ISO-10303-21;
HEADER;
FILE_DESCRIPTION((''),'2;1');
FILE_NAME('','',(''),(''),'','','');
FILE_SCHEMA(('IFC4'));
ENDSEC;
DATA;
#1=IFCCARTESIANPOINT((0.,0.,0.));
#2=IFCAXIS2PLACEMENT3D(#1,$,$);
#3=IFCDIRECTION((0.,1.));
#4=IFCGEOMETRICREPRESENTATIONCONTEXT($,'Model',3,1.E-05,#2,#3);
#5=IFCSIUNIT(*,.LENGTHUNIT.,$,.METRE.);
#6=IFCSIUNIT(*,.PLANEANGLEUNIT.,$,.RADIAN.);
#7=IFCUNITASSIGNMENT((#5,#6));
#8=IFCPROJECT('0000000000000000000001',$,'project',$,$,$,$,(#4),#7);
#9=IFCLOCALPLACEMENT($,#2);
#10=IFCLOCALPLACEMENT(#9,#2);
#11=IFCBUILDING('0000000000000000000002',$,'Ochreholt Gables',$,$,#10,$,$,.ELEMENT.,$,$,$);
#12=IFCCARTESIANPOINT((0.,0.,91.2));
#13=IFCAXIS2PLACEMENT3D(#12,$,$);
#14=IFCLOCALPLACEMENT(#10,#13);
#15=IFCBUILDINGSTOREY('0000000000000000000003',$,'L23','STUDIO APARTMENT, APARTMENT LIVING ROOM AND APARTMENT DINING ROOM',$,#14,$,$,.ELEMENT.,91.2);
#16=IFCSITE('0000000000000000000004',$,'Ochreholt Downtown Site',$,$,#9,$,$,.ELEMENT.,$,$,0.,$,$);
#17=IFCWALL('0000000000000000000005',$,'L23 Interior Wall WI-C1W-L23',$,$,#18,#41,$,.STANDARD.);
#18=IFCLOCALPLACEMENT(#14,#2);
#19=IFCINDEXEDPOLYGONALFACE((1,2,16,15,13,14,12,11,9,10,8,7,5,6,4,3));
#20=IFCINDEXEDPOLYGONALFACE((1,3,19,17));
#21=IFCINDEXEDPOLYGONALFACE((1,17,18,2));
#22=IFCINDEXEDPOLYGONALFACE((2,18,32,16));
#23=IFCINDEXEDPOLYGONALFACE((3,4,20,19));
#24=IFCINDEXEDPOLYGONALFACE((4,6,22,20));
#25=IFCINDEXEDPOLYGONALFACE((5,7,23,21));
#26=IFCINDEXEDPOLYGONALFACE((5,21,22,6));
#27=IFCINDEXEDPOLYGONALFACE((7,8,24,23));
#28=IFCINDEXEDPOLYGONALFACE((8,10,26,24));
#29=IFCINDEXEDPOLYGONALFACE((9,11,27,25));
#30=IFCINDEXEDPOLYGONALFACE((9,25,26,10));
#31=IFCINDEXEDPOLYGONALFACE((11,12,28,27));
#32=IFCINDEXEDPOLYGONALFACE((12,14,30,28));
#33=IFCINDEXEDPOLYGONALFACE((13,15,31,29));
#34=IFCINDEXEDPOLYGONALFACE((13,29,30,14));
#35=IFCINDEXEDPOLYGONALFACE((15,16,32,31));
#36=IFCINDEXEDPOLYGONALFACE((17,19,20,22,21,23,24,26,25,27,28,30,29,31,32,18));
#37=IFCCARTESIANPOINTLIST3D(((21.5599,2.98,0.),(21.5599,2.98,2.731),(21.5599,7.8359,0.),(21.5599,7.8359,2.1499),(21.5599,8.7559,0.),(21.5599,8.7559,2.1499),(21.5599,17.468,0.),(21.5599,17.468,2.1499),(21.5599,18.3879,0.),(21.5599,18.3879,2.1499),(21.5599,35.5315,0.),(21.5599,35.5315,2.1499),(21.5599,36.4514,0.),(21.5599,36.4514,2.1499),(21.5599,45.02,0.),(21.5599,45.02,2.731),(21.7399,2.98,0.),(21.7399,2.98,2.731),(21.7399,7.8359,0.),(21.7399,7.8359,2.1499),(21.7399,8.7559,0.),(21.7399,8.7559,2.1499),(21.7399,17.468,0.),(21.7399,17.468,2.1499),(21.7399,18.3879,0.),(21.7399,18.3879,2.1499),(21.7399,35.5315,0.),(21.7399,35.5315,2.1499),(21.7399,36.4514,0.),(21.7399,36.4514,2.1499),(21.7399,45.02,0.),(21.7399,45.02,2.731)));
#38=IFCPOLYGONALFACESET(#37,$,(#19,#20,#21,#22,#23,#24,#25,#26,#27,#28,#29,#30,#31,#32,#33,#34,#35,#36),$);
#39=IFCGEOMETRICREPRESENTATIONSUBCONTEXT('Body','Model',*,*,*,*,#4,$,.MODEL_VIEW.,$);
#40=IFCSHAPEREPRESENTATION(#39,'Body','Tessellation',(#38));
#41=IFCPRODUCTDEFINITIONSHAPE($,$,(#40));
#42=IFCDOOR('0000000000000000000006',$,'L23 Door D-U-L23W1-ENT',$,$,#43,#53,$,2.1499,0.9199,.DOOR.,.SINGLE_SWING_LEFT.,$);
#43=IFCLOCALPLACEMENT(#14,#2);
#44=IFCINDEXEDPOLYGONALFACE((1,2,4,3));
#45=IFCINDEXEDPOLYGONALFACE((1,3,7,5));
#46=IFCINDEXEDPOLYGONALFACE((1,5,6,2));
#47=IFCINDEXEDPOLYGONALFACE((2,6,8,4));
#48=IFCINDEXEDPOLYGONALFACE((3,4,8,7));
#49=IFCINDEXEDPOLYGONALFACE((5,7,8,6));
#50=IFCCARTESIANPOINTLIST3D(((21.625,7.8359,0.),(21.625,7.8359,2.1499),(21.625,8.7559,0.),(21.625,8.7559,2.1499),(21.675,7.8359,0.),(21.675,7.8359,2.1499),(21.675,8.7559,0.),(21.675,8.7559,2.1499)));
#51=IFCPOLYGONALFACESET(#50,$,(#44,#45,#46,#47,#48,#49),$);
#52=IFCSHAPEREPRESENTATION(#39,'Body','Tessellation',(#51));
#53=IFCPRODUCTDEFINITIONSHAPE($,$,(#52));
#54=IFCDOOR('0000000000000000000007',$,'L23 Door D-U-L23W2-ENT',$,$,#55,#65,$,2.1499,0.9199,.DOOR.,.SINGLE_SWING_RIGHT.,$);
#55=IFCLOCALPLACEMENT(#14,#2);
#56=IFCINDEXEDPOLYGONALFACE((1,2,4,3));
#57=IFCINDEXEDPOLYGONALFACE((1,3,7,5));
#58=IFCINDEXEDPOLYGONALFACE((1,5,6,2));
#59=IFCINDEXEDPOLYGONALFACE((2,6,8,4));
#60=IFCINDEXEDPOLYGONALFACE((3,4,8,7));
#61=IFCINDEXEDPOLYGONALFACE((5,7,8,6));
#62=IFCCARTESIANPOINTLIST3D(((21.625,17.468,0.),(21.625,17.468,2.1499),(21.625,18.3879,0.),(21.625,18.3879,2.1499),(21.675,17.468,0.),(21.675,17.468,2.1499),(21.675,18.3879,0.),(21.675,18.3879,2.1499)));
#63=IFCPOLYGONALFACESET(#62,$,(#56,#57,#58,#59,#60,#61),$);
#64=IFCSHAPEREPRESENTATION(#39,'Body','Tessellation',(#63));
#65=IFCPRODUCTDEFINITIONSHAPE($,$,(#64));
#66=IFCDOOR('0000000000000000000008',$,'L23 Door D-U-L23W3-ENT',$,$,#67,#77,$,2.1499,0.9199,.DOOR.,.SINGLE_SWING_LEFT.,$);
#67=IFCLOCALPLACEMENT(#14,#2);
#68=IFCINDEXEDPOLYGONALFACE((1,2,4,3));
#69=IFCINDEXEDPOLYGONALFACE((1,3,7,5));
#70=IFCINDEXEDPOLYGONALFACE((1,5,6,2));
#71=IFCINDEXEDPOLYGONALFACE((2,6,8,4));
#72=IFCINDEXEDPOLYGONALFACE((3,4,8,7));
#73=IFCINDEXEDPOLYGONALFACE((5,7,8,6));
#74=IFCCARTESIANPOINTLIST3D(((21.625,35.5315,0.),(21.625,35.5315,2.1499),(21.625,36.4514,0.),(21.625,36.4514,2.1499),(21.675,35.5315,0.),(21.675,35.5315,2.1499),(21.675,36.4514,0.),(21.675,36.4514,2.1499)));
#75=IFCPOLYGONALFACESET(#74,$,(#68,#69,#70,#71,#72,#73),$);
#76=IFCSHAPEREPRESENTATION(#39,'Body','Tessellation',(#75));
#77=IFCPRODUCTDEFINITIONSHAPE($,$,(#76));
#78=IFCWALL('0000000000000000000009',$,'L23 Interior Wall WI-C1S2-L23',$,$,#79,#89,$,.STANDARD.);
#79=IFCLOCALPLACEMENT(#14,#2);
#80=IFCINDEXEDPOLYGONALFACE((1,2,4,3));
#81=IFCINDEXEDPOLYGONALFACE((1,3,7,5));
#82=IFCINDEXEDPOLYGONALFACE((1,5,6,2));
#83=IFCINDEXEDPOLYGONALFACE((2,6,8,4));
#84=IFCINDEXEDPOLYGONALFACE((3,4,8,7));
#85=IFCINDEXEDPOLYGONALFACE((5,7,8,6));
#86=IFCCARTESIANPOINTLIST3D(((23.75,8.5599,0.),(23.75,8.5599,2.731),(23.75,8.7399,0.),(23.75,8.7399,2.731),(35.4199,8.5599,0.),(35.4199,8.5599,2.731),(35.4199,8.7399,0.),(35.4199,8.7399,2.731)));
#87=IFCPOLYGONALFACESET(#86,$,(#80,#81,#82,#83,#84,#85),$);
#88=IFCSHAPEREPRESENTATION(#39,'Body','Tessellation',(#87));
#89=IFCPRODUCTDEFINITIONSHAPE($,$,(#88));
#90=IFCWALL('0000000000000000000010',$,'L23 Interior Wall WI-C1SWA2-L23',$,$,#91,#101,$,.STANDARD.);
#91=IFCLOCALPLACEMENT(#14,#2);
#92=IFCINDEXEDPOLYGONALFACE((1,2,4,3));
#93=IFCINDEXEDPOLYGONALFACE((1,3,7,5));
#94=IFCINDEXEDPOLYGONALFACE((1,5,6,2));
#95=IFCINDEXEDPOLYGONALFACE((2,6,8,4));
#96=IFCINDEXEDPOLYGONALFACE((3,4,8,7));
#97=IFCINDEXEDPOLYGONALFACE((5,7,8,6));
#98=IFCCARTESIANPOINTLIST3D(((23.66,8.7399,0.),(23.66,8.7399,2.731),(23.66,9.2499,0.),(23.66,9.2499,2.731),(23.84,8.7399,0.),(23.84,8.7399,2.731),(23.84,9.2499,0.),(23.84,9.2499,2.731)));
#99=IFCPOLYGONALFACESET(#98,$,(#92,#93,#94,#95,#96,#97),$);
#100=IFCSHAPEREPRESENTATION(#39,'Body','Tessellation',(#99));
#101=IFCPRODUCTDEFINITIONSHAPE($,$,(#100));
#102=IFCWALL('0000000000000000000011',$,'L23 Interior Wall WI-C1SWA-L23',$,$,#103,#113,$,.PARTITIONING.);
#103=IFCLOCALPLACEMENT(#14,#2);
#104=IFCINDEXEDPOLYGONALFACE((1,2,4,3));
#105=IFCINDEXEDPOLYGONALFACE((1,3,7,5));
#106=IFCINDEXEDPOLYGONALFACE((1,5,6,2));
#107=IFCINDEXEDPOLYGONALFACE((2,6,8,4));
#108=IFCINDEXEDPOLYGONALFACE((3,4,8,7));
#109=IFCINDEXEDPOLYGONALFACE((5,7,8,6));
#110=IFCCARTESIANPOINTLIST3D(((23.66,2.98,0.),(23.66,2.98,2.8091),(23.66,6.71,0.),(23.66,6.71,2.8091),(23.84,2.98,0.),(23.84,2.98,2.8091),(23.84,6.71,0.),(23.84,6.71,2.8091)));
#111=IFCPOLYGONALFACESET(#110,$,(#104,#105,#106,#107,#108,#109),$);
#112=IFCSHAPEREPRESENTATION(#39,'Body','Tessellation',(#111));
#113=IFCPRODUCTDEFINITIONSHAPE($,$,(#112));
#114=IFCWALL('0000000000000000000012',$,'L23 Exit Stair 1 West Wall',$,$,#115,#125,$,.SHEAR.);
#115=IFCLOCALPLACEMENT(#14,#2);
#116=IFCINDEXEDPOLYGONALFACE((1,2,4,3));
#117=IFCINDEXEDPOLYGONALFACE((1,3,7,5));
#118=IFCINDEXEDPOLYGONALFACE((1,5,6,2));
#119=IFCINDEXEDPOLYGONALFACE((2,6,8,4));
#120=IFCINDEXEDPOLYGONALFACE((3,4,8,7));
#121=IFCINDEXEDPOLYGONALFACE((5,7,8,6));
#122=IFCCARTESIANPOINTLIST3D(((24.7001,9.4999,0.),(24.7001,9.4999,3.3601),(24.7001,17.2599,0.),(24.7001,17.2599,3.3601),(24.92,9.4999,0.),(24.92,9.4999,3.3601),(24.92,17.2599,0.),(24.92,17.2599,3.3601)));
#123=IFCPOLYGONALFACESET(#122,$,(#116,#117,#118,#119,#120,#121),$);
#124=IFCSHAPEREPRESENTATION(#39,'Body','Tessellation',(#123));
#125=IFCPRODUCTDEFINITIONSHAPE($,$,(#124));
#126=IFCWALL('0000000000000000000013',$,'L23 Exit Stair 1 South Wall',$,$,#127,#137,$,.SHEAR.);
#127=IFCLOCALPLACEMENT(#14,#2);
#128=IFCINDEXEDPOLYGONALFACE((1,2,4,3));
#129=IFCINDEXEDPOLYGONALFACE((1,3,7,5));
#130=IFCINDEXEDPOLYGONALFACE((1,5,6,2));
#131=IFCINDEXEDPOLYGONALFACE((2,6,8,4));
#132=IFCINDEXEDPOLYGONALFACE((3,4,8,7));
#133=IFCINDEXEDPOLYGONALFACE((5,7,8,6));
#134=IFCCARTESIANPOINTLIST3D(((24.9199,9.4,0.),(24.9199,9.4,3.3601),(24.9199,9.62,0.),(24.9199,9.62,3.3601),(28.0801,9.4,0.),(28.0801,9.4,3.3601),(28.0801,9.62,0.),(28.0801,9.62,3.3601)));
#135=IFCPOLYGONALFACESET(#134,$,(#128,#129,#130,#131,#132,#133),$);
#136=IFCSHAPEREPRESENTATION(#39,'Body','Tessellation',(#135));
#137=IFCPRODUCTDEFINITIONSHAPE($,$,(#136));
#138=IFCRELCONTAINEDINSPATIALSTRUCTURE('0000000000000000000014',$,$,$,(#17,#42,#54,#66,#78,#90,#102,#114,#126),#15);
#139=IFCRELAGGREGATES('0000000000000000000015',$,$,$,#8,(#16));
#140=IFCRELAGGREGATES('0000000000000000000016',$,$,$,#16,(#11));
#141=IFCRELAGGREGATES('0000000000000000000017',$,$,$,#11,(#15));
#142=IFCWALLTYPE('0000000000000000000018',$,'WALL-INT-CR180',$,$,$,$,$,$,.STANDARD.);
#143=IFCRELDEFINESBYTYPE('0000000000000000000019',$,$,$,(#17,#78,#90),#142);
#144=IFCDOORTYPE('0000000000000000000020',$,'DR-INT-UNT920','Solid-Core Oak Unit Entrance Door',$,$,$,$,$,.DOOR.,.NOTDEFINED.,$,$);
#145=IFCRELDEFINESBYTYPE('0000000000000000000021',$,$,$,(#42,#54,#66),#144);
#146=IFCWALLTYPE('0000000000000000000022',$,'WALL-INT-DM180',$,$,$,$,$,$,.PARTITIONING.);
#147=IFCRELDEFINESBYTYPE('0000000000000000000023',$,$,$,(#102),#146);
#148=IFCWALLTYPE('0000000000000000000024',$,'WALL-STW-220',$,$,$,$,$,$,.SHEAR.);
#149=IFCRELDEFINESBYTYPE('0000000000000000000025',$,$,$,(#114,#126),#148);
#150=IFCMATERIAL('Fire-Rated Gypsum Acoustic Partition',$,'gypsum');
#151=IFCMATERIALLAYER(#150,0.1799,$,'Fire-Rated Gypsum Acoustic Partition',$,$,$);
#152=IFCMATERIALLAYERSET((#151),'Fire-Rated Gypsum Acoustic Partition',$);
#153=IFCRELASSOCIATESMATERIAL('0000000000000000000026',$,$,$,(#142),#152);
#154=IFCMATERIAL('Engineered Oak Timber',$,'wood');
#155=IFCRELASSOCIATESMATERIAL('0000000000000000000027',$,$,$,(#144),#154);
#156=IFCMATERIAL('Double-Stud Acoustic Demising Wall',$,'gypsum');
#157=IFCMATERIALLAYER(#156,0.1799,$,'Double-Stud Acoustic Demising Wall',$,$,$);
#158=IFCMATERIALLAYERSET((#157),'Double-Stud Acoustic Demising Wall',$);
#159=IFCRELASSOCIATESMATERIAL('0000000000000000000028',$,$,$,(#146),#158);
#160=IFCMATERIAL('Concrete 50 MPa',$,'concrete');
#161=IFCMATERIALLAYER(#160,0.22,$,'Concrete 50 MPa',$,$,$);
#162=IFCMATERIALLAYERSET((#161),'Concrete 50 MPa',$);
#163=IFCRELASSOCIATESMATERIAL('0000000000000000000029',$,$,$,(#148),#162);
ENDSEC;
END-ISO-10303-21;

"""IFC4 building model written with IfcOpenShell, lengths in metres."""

from ifc_helpers import new_model, si_unit, direction, frame, frame_2d, origin, place, context, subcontext, project, spatial, rectangle, extrude, material, layer, layer_set, type_object, element, fill, save


model = new_model("IFC4")

# Units and contexts
model_context = context("Model", 3, precision=1e-05, world=origin(), true_north=direction((0.0, 1.0)))
body_context = subcontext(model_context, "Body", "Model", "MODEL_VIEW")
ifc_project = project(units=[si_unit("LENGTHUNIT", "METRE"), si_unit("PLANEANGLEUNIT", "RADIAN")], contexts=[model_context])

# Site, building, storey
site_placement = place(None, origin())
site = spatial("IfcSite", under=ifc_project, at=site_placement, Name="Ochreholt Downtown Site", CompositionType="ELEMENT", RefElevation=0.0)
building_placement = place(site_placement, origin())
building = spatial("IfcBuilding", under=site, at=building_placement, Name="Ochreholt Gables", CompositionType="ELEMENT")
storey_placement = place(building_placement, frame((0.0, 0.0, 91.2)))
storey = spatial("IfcBuildingStorey", under=building, at=storey_placement, Name="L23", Description="STUDIO APARTMENT, APARTMENT LIVING ROOM AND APARTMENT DINING ROOM", CompositionType="ELEMENT", Elevation=91.2)

# Wall, openings, doors
ifc_material_1 = material(Name="Fire-Rated Gypsum Acoustic Partition", Category="gypsum")
ifc_layer_1 = layer(ifc_material_1, 0.1799, Name="Fire-Rated Gypsum Acoustic Partition")
ifc_layer_set_1 = layer_set([ifc_layer_1], Name="Fire-Rated Gypsum Acoustic Partition")
wall_type_1 = type_object("IfcWallType", Name="WALL-INT-CR180", PredefinedType="STANDARD", material=ifc_layer_set_1)
wall_1_placement = place(storey_placement, frame((21.6499, 2.98, 0.0), z_axis=(0.0, 0.0, 1.0), x_axis=(0.0, 1.0, 0.0)))
wall_1 = element("IfcWall", 1, at=wall_1_placement, inside=storey, type_object=wall_type_1, Name="L23 Interior Wall WI-C1W-L23", PredefinedType="STANDARD", context=body_context, shape_type="SweptSolid", body=[
    extrude(rectangle(XDim=42.04, YDim=0.1799, at=frame_2d((21.02, 0.0))), origin(), (0.0, 0.0, 1.0), 2.731),
])
opening_1_placement = place(wall_1_placement, frame((4.856, 0.0, 0.0)))
opening_1 = element("IfcOpeningElement", 2, at=opening_1_placement, cuts=wall_1, PredefinedType="OPENING", context=body_context, shape_type="SweptSolid", body=[
    extrude(rectangle(XDim=0.9199, YDim=2.1499, at=frame_2d((0.46, 1.075))), frame((0.0, 0.0999, 0.0), z_axis=(0.0, -1.0, 0.0), x_axis=(1.0, 0.0, 0.0)), (0.0, 0.0, 1.0), 0.2),
])
opening_2_placement = place(wall_1_placement, frame((14.488, 0.0, 0.0)))
opening_2 = element("IfcOpeningElement", 3, at=opening_2_placement, cuts=wall_1, PredefinedType="OPENING", context=body_context, shape_type="SweptSolid", body=[
    extrude(rectangle(XDim=0.9199, YDim=2.1499, at=frame_2d((0.46, 1.075))), frame((0.0, 0.0999, 0.0), z_axis=(0.0, -1.0, 0.0), x_axis=(1.0, 0.0, 0.0)), (0.0, 0.0, 1.0), 0.2),
])
opening_3_placement = place(wall_1_placement, frame((32.5515, 0.0, 0.0)))
opening_3 = element("IfcOpeningElement", 4, at=opening_3_placement, cuts=wall_1, PredefinedType="OPENING", context=body_context, shape_type="SweptSolid", body=[
    extrude(rectangle(XDim=0.9199, YDim=2.1499, at=frame_2d((0.46, 1.075))), frame((0.0, 0.0999, 0.0), z_axis=(0.0, -1.0, 0.0), x_axis=(1.0, 0.0, 0.0)), (0.0, 0.0, 1.0), 0.2),
])
ifc_material_2 = material(Name="Engineered Oak Timber", Category="wood")
door_type = type_object("IfcDoorType", Name="DR-INT-UNT920", Description="Solid-Core Oak Unit Entrance Door", OperationType="NOTDEFINED", PredefinedType="DOOR", material=ifc_material_2)
door_1_placement = place(opening_1_placement, origin())
door_1 = element("IfcDoor", 5, at=door_1_placement, inside=storey, type_object=door_type, Name="L23 Door D-U-L23W1-ENT", OperationType="SINGLE_SWING_LEFT", OverallHeight=2.1499, OverallWidth=0.9199, PredefinedType="DOOR", context=body_context, shape_type="SweptSolid", body=[
    extrude(rectangle(XDim=0.9199, YDim=2.1499, at=frame_2d((0.46, 1.075))), frame((0.0, 0.0249, 0.0), z_axis=(0.0, -1.0, 0.0), x_axis=(1.0, 0.0, 0.0)), (0.0, 0.0, 1.0), 0.05),
])
fill(opening_1, door_1)
door_2_placement = place(opening_2_placement, origin())
door_2 = element("IfcDoor", 6, at=door_2_placement, inside=storey, type_object=door_type, Name="L23 Door D-U-L23W2-ENT", OperationType="SINGLE_SWING_RIGHT", OverallHeight=2.1499, OverallWidth=0.9199, PredefinedType="DOOR", context=body_context, shape_type="SweptSolid", body=[
    extrude(rectangle(XDim=0.9199, YDim=2.1499, at=frame_2d((0.46, 1.075))), frame((0.0, 0.0249, 0.0), z_axis=(0.0, -1.0, 0.0), x_axis=(1.0, 0.0, 0.0)), (0.0, 0.0, 1.0), 0.05),
])
fill(opening_2, door_2)
door_3_placement = place(opening_3_placement, origin())
door_3 = element("IfcDoor", 7, at=door_3_placement, inside=storey, type_object=door_type, Name="L23 Door D-U-L23W3-ENT", OperationType="SINGLE_SWING_LEFT", OverallHeight=2.1499, OverallWidth=0.9199, PredefinedType="DOOR", context=body_context, shape_type="SweptSolid", body=[
    extrude(rectangle(XDim=0.9199, YDim=2.1499, at=frame_2d((0.46, 1.075))), frame((0.0, 0.0249, 0.0), z_axis=(0.0, -1.0, 0.0), x_axis=(1.0, 0.0, 0.0)), (0.0, 0.0, 1.0), 0.05),
])
fill(opening_3, door_3)

# Walls
wall_2_placement = place(storey_placement, frame((23.75, 8.6499, 0.0), z_axis=(0.0, 0.0, 1.0), x_axis=(1.0, 0.0, 0.0)))
element("IfcWall", 8, at=wall_2_placement, inside=storey, type_object=wall_type_1, Name="L23 Interior Wall WI-C1S2-L23", PredefinedType="STANDARD", context=body_context, shape_type="SweptSolid", body=[
    extrude(rectangle(XDim=11.6699, YDim=0.1799, at=frame_2d((5.835, 0.0))), origin(), (0.0, 0.0, 1.0), 2.731),
])
wall_3_placement = place(storey_placement, frame((23.75, 8.74, 0.0), z_axis=(0.0, 0.0, 1.0), x_axis=(0.0, 1.0, 0.0)))
element("IfcWall", 9, at=wall_3_placement, inside=storey, type_object=wall_type_1, Name="L23 Interior Wall WI-C1SWA2-L23", PredefinedType="STANDARD", context=body_context, shape_type="SweptSolid", body=[
    extrude(rectangle(XDim=0.51, YDim=0.1799, at=frame_2d((0.2549, 0.0))), origin(), (0.0, 0.0, 1.0), 2.731),
])
ifc_material_3 = material(Name="Double-Stud Acoustic Demising Wall", Category="gypsum")
ifc_layer_2 = layer(ifc_material_3, 0.1799, Name="Double-Stud Acoustic Demising Wall")
ifc_layer_set_2 = layer_set([ifc_layer_2], Name="Double-Stud Acoustic Demising Wall")
wall_type_2 = type_object("IfcWallType", Name="WALL-INT-DM180", PredefinedType="PARTITIONING", material=ifc_layer_set_2)
wall_4_placement = place(storey_placement, frame((23.75, 2.98, 0.0), z_axis=(0.0, 0.0, 1.0), x_axis=(0.0, 1.0, 0.0)))
element("IfcWall", 10, at=wall_4_placement, inside=storey, type_object=wall_type_2, Name="L23 Interior Wall WI-C1SWA-L23", PredefinedType="PARTITIONING", context=body_context, shape_type="SweptSolid", body=[
    extrude(rectangle(XDim=3.73, YDim=0.1799, at=frame_2d((1.865, 0.0))), origin(), (0.0, 0.0, 1.0), 2.8091),
])
ifc_material_4 = material(Name="Concrete 50 MPa", Category="concrete")
ifc_layer_3 = layer(ifc_material_4, 0.22, Name="Concrete 50 MPa")
ifc_layer_set_3 = layer_set([ifc_layer_3], Name="Concrete 50 MPa")
wall_type_3 = type_object("IfcWallType", Name="WALL-STW-220", PredefinedType="SHEAR", material=ifc_layer_set_3)
wall_5_placement = place(storey_placement, frame((24.8101, 9.5, 0.0), z_axis=(0.0, 0.0, 1.0), x_axis=(0.0, 1.0, 0.0)))
element("IfcWall", 11, at=wall_5_placement, inside=storey, type_object=wall_type_3, Name="L23 Exit Stair 1 West Wall", PredefinedType="SHEAR", context=body_context, shape_type="SweptSolid", body=[
    extrude(rectangle(XDim=7.76, YDim=0.22, at=frame_2d((3.8799, 0.0))), origin(), (0.0, 0.0, 1.0), 3.3601),
])
wall_6_placement = place(storey_placement, frame((24.9199, 9.51, 0.0), z_axis=(0.0, 0.0, 1.0), x_axis=(1.0, 0.0, 0.0)))
element("IfcWall", 12, at=wall_6_placement, inside=storey, type_object=wall_type_3, Name="L23 Exit Stair 1 South Wall", PredefinedType="SHEAR", context=body_context, shape_type="SweptSolid", body=[
    extrude(rectangle(XDim=3.1602, YDim=0.22, at=frame_2d((1.5801, 0.0))), origin(), (0.0, 0.0, 1.0), 3.3601),
])

save(model, "model.ifc")
